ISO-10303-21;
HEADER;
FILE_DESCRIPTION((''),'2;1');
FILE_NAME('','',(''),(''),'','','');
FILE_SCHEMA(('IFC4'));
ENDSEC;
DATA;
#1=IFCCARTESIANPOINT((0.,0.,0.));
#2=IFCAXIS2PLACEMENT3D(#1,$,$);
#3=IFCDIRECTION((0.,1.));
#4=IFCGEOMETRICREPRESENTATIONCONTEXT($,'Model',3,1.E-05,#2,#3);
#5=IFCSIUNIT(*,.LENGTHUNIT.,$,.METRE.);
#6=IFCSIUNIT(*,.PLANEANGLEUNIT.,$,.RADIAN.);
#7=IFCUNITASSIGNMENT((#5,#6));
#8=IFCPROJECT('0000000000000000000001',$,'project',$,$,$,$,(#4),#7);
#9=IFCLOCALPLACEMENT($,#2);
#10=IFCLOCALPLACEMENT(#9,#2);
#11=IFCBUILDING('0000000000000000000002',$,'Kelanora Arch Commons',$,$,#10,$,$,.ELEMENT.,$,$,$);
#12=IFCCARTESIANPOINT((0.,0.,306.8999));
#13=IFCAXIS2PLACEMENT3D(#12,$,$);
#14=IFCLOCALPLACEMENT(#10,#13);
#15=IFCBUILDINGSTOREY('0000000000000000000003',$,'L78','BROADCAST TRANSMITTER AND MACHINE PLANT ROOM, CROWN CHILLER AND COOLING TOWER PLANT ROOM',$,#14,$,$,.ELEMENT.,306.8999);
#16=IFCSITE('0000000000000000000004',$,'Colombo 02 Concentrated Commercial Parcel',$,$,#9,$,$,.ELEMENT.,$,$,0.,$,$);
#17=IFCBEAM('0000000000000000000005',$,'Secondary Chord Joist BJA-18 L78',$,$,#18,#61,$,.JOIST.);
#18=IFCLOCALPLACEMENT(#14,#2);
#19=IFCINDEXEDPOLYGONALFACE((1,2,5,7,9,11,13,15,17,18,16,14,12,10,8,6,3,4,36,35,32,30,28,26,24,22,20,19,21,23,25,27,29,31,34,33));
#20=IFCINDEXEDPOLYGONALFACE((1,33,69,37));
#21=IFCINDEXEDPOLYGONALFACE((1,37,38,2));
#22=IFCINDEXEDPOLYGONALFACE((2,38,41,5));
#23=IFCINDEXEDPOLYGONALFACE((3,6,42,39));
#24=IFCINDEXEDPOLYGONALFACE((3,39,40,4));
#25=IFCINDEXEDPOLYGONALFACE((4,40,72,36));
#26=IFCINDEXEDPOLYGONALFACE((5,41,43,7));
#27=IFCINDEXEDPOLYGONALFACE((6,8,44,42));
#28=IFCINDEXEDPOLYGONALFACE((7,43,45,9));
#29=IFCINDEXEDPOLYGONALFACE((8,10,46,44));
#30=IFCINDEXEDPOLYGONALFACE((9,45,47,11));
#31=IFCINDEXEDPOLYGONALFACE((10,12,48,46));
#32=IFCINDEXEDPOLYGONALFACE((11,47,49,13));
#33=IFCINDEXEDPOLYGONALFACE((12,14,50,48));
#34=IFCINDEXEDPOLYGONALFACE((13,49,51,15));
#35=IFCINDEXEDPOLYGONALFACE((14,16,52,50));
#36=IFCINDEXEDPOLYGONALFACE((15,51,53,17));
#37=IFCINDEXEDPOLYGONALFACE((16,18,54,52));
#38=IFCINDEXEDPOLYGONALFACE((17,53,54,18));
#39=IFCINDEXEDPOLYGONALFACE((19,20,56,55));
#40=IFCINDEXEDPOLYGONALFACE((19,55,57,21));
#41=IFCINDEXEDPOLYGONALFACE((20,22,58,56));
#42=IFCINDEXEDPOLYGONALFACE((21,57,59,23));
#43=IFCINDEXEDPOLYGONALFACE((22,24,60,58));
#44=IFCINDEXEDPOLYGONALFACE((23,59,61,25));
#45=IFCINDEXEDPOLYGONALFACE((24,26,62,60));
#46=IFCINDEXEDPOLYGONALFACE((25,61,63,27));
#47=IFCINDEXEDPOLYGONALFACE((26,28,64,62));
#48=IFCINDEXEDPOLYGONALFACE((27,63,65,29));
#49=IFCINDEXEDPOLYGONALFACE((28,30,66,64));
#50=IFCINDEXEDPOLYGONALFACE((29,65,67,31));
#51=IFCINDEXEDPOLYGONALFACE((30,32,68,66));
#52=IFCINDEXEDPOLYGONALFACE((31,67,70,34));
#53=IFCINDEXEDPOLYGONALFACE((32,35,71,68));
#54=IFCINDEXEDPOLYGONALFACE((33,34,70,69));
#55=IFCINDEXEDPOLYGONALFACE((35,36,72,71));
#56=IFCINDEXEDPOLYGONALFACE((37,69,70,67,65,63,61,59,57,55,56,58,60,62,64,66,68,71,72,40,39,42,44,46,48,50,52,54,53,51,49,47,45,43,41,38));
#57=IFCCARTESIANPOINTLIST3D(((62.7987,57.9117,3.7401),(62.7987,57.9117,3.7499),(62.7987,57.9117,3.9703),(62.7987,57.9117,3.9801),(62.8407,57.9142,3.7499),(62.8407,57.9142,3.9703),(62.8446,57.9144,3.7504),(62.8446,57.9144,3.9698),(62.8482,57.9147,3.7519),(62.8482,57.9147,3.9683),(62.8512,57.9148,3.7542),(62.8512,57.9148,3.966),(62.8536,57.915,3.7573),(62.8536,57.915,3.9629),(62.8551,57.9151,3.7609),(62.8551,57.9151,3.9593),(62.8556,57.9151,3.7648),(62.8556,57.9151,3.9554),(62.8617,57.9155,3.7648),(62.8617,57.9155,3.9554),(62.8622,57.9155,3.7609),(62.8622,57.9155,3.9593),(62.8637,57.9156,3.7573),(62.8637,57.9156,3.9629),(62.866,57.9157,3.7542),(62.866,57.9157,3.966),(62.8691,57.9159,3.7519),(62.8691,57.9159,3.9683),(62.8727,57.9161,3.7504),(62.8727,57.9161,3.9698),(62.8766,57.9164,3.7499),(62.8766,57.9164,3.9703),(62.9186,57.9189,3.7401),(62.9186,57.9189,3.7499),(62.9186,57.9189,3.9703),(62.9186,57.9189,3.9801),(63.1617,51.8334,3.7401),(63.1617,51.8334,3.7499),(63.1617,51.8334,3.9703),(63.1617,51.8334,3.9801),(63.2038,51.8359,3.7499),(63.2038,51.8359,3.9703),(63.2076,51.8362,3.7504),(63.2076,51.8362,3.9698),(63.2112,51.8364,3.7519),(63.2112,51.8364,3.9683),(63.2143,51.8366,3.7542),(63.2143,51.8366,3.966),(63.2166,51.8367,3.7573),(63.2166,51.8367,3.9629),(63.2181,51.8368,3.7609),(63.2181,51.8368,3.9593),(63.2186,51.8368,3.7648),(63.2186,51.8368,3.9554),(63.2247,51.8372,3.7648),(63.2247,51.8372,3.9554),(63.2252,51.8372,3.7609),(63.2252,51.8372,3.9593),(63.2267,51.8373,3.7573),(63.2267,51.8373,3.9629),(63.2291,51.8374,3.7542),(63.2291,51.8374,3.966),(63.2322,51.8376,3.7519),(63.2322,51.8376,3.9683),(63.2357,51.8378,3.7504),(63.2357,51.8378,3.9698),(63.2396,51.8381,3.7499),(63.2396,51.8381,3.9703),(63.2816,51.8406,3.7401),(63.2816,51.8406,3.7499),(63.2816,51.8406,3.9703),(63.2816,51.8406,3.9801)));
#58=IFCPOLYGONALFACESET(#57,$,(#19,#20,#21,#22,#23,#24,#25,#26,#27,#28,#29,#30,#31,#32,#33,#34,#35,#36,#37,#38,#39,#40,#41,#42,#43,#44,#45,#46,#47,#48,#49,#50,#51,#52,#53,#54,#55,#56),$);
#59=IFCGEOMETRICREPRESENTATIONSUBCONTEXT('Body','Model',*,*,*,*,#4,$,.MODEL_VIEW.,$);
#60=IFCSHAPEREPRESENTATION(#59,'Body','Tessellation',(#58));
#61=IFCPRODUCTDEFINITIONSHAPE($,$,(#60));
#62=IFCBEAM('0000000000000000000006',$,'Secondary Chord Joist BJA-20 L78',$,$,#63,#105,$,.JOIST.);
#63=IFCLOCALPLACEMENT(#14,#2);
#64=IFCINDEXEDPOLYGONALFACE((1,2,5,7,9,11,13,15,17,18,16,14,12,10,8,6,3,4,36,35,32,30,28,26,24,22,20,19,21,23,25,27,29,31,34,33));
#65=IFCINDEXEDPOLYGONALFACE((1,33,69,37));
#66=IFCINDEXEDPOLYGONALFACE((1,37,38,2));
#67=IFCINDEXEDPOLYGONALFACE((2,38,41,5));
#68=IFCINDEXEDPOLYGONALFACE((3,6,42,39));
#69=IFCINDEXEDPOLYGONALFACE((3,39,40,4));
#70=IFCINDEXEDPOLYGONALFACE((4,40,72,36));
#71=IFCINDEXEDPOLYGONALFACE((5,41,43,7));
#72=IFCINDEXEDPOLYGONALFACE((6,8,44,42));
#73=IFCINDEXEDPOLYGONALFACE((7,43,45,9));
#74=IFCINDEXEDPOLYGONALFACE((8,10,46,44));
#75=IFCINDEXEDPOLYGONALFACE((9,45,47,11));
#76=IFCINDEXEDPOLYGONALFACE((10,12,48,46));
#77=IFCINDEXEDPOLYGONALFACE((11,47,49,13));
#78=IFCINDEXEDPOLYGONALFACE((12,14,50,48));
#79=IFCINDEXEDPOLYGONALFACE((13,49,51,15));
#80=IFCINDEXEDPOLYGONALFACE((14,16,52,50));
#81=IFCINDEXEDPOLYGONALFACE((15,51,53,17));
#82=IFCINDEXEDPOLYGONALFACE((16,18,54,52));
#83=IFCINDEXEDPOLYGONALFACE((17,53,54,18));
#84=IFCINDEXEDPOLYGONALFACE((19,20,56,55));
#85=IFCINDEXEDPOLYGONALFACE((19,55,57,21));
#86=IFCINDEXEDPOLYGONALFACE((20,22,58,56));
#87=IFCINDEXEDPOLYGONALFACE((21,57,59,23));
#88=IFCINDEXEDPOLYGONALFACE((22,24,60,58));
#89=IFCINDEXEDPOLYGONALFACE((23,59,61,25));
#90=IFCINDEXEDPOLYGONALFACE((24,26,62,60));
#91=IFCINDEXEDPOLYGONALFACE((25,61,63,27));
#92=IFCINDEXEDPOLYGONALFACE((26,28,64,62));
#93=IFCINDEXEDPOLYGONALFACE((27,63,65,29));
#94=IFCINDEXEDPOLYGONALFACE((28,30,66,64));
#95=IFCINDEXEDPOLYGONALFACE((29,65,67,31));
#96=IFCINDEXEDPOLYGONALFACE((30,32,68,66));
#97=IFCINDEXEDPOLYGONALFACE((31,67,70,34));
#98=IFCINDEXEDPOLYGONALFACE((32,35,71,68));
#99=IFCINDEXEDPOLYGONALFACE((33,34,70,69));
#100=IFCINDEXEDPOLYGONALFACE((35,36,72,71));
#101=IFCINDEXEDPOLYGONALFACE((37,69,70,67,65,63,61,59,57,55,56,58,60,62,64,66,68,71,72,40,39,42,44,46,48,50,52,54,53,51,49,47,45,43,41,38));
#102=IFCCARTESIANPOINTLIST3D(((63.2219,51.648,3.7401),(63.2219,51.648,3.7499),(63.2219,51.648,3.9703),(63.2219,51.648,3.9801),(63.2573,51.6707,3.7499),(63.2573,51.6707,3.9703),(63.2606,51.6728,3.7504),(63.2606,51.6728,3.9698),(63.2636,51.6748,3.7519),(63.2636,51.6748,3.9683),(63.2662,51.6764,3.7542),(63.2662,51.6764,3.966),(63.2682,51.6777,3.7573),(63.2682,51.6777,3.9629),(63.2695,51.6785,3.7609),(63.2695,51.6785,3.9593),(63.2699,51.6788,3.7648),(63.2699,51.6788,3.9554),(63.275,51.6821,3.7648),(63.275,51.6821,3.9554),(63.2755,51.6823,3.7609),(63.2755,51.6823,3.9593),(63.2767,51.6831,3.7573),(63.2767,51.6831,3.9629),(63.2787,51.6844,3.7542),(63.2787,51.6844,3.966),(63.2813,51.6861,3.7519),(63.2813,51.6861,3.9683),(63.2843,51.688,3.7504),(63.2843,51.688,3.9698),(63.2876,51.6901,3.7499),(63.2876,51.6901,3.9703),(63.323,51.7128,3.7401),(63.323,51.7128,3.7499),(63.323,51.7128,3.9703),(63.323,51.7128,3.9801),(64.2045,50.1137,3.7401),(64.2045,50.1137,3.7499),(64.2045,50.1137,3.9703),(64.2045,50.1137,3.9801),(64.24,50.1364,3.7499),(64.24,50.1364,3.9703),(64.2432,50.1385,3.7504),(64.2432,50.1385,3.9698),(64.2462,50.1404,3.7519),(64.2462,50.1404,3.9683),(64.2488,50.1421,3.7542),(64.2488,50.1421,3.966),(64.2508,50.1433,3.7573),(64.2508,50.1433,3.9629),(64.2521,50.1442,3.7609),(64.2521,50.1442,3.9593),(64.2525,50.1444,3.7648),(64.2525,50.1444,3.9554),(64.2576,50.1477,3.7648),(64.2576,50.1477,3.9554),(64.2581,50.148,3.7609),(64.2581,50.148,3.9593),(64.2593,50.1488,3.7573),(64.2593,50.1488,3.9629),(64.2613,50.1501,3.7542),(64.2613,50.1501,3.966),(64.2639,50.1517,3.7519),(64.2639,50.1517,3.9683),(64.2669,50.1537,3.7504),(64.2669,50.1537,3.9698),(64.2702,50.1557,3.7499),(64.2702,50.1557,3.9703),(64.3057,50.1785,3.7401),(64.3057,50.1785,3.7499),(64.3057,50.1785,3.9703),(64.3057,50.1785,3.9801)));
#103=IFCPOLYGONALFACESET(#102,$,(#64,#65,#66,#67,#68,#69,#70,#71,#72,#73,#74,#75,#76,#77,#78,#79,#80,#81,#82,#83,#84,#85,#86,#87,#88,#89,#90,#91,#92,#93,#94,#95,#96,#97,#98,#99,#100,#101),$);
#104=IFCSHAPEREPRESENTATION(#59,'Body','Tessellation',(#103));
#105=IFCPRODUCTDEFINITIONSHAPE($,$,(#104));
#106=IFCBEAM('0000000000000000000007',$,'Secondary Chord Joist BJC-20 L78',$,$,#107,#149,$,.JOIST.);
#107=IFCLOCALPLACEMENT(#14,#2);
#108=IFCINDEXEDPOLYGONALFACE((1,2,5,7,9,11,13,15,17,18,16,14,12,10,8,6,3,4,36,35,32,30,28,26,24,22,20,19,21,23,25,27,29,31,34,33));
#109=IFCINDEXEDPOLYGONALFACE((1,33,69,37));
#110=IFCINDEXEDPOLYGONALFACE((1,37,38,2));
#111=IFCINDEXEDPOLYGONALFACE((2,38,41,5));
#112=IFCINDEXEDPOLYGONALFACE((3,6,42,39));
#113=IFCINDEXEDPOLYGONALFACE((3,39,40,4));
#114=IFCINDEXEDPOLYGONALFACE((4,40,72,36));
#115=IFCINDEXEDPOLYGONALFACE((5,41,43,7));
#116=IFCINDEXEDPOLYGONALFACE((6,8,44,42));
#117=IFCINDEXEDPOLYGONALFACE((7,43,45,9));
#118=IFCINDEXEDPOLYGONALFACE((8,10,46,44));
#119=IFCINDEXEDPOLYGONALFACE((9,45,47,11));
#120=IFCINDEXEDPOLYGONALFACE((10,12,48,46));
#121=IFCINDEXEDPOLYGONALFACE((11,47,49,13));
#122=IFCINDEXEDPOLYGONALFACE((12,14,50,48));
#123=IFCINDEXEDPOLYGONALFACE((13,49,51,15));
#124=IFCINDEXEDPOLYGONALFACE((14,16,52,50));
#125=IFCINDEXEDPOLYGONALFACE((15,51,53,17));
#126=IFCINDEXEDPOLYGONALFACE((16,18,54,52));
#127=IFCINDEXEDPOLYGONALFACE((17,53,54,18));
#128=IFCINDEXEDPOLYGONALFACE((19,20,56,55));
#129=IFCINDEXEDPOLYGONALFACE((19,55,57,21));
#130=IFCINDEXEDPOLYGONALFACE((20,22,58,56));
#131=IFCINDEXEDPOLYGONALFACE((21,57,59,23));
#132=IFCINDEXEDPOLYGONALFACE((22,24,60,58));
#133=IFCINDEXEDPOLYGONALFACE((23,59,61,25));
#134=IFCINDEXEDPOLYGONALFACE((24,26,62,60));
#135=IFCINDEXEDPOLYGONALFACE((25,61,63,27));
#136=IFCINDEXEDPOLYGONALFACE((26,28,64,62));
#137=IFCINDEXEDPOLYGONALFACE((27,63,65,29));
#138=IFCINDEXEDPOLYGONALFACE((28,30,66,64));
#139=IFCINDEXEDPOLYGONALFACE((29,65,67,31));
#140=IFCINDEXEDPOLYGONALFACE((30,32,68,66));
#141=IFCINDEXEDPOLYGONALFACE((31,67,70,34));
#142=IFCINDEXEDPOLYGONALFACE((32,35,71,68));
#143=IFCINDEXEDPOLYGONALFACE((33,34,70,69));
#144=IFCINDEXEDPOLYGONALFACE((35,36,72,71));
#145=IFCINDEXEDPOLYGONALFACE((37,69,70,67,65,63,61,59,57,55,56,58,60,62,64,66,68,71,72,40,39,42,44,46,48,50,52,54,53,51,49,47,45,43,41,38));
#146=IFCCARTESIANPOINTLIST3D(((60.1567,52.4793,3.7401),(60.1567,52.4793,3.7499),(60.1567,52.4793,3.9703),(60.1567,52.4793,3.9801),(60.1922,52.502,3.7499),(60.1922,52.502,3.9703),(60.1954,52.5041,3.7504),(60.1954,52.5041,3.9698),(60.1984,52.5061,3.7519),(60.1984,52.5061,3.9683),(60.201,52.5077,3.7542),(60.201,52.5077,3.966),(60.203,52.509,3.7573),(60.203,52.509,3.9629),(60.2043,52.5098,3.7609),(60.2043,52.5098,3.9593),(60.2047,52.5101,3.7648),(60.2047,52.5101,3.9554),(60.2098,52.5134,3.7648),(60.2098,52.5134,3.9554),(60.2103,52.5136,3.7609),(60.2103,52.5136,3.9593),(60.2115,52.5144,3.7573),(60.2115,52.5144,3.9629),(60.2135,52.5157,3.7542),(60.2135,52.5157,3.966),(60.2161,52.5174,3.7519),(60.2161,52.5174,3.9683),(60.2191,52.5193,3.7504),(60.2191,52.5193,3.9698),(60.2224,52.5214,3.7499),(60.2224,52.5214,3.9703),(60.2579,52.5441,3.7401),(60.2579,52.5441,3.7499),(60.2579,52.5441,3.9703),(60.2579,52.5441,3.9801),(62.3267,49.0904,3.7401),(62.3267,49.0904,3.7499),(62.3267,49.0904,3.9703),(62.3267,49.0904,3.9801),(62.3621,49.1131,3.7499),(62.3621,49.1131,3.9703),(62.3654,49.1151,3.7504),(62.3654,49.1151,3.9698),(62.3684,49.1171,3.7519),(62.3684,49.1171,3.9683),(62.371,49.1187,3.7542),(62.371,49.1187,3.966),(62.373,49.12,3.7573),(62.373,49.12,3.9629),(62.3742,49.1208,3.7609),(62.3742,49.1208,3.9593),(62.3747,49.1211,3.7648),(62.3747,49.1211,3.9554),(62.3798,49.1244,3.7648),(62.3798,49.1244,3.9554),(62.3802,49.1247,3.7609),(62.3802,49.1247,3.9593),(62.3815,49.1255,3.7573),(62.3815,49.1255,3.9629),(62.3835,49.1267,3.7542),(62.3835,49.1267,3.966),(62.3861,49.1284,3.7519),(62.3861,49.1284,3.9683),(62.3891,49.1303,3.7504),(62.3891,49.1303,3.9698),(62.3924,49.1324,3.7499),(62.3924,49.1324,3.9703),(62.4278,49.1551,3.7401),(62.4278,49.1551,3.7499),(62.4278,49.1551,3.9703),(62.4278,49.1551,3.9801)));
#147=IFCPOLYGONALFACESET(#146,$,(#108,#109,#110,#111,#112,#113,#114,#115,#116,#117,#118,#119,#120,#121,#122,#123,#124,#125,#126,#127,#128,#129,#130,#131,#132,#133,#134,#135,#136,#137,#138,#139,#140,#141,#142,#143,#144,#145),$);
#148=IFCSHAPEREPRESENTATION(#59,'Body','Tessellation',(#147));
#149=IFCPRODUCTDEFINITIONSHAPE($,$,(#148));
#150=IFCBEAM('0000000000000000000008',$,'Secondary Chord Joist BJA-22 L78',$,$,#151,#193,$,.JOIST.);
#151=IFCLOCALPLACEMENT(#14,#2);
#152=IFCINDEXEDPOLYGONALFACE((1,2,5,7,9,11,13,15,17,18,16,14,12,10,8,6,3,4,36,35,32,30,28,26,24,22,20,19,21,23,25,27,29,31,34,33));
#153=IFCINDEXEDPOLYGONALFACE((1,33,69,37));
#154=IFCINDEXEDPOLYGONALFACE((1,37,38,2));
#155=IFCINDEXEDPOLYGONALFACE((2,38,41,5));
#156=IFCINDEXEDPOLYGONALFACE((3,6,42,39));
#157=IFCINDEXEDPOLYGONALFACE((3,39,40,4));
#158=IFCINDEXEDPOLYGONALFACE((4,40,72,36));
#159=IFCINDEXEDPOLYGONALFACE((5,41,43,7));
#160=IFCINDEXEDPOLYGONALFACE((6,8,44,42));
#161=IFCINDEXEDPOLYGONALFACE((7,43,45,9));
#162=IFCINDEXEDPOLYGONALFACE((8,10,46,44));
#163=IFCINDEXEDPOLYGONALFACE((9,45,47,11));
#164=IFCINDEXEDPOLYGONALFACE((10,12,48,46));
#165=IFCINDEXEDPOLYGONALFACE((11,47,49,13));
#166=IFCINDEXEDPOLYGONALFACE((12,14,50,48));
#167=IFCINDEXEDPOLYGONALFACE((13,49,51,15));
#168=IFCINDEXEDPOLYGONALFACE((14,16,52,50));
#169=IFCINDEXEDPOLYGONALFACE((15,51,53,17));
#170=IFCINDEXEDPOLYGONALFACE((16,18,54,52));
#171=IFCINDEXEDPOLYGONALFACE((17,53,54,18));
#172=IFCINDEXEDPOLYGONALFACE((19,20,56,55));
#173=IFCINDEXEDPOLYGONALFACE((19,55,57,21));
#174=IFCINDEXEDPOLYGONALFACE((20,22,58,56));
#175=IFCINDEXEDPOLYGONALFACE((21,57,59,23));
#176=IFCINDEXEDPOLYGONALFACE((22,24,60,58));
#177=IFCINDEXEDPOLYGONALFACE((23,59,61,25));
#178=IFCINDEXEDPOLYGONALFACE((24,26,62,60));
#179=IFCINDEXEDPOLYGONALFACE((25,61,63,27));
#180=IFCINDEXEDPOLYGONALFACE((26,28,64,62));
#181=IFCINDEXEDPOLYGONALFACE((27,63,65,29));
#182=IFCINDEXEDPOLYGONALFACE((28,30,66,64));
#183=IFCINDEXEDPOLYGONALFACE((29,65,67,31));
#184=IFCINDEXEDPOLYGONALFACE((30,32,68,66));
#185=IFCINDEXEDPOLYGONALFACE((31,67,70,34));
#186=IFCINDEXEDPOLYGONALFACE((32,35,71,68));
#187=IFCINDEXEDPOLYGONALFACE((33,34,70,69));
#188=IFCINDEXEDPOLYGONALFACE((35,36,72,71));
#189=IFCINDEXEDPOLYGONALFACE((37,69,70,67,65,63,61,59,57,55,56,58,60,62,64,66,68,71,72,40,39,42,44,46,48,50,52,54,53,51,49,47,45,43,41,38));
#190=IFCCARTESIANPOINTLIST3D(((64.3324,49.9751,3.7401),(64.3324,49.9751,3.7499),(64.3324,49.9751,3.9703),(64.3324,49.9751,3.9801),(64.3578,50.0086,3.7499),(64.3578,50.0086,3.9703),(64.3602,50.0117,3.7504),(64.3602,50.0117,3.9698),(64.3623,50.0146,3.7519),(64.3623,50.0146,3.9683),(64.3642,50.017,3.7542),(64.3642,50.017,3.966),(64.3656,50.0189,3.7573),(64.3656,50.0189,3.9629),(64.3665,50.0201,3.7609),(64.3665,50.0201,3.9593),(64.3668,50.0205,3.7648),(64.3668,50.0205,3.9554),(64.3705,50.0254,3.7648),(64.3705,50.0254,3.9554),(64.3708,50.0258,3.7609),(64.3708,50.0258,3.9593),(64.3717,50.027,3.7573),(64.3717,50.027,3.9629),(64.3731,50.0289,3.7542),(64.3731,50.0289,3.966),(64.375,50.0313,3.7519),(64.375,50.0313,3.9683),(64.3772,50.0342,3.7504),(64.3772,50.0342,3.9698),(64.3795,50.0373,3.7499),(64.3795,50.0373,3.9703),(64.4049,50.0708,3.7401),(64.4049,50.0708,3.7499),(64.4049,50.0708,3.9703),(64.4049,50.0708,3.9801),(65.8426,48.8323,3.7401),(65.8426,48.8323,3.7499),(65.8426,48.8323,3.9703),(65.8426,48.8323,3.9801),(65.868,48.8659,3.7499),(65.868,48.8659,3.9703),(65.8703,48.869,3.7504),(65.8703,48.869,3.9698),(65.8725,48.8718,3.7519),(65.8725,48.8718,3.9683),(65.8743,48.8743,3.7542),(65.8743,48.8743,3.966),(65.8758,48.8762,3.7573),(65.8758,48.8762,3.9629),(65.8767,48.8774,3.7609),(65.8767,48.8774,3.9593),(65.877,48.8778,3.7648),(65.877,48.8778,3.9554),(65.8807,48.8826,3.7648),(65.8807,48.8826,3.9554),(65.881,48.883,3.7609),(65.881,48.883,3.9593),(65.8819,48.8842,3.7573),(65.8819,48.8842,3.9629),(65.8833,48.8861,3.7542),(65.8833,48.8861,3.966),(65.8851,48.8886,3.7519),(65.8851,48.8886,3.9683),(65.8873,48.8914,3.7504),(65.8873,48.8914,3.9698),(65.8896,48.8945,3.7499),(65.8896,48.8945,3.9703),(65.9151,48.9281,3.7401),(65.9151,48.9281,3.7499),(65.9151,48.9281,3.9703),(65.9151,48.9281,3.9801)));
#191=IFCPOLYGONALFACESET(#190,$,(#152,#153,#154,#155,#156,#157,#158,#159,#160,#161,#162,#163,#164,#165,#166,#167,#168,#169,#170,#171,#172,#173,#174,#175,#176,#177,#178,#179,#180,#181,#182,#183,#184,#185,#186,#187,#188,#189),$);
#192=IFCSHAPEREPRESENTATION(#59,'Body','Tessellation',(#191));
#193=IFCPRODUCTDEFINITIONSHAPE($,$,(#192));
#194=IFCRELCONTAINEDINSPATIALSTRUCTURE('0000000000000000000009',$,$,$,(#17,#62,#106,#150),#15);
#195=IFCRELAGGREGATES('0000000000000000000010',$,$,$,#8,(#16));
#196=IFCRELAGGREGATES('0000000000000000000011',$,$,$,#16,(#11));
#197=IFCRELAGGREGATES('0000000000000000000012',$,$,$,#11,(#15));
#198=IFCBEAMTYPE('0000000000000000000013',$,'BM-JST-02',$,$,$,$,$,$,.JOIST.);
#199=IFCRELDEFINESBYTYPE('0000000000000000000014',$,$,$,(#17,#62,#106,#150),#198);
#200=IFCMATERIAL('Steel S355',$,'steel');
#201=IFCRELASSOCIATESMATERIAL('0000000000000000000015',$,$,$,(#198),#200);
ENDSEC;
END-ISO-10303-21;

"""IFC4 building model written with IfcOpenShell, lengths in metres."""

from ifc_helpers import new_model, si_unit, direction, frame, origin, origin_2d, place, context, subcontext, project, spatial, i_section, extrude, material, material_profile, profile_set, type_object, element, save


model = new_model("IFC4")

# Units and contexts
model_context = context("Model", 3, precision=1e-05, world=origin(), true_north=direction((0.0, 1.0)))
body_context = subcontext(model_context, "Body", "Model", "MODEL_VIEW")
ifc_project = project(units=[si_unit("LENGTHUNIT", "METRE"), si_unit("PLANEANGLEUNIT", "RADIAN")], contexts=[model_context])

# Site, building, storey
site_placement = place(None, origin())
site = spatial("IfcSite", under=ifc_project, at=site_placement, Name="Colombo 02 Concentrated Commercial Parcel", CompositionType="ELEMENT", RefElevation=0.0)
building_placement = place(site_placement, origin())
building = spatial("IfcBuilding", under=site, at=building_placement, Name="Kelanora Arch Commons", CompositionType="ELEMENT")
storey_placement = place(building_placement, frame((0.0, 0.0, 306.8999)))
storey = spatial("IfcBuildingStorey", under=building, at=storey_placement, Name="L78", Description="BROADCAST TRANSMITTER AND MACHINE PLANT ROOM, CROWN CHILLER AND COOLING TOWER PLANT ROOM", CompositionType="ELEMENT", Elevation=306.8999)

# Beams
ifc_material_1 = material(Name="Steel S355", Category="steel")
ifc_material_profile_1 = material_profile(ifc_material_1, i_section(OverallWidth=0.1201, OverallDepth=0.24, WebThickness=0.0061, FlangeThickness=0.0098, FilletRadius=0.0149, at=origin_2d()), Name="IPE240")
ifc_profile_set_1 = profile_set([ifc_material_profile_1], Name="Steel S355")
beam_type_1 = type_object("IfcBeamType", Name="BM-JST-02", PredefinedType="JOIST", material=ifc_profile_set_1)
beam_1_placement = place(storey_placement, frame((62.8586, 57.9153, 3.8601), z_axis=(0.05962, -0.998221, 0.0), x_axis=(0.998221, 0.05962, 0.0)))
element("IfcBeam", 1, at=beam_1_placement, inside=storey, type_object=beam_type_1, Name="Secondary Chord Joist BJA-18 L78", PredefinedType="JOIST", context=body_context, shape_type="SweptSolid", body=[
    extrude(i_section(OverallWidth=0.1201, OverallDepth=0.24, WebThickness=0.0061, FlangeThickness=0.0098, FilletRadius=0.0149, at=origin_2d()), origin(), (0.0, 0.0, 1.0), 6.0891),
])
beam_2_placement = place(storey_placement, frame((63.2725, 51.6804, 3.8601), z_axis=(0.539301, -0.842113, 0.0), x_axis=(0.842113, 0.539301, 0.0)))
element("IfcBeam", 2, at=beam_2_placement, inside=storey, type_object=beam_type_1, Name="Secondary Chord Joist BJA-20 L78", PredefinedType="JOIST", context=body_context, shape_type="SweptSolid", body=[
    extrude(i_section(OverallWidth=0.1201, OverallDepth=0.24, WebThickness=0.0061, FlangeThickness=0.0098, FilletRadius=0.0149, at=origin_2d()), origin(), (0.0, 0.0, 1.0), 1.822),
])
beam_3_placement = place(storey_placement, frame((60.2073, 52.5117, 3.8601), z_axis=(0.539233, -0.842157, 0.0), x_axis=(0.842157, 0.539233, 0.0)))
element("IfcBeam", 3, at=beam_3_placement, inside=storey, type_object=beam_type_1, Name="Secondary Chord Joist BJC-20 L78", PredefinedType="JOIST", context=body_context, shape_type="SweptSolid", body=[
    extrude(i_section(OverallWidth=0.1201, OverallDepth=0.24, WebThickness=0.0061, FlangeThickness=0.0098, FilletRadius=0.0149, at=origin_2d()), origin(), (0.0, 0.0, 1.0), 4.0242),
])
beam_4_placement = place(storey_placement, frame((64.3687, 50.0229, 3.8601), z_axis=(0.797425, -0.603418, 0.0), x_axis=(0.603418, 0.797425, 0.0)))
element("IfcBeam", 4, at=beam_4_placement, inside=storey, type_object=beam_type_1, Name="Secondary Chord Joist BJA-22 L78", PredefinedType="JOIST", context=body_context, shape_type="SweptSolid", body=[
    extrude(i_section(OverallWidth=0.1201, OverallDepth=0.24, WebThickness=0.0061, FlangeThickness=0.0098, FilletRadius=0.0149, at=origin_2d()), origin(), (0.0, 0.0, 1.0), 1.8938),
])

save(model, "model.ifc")
